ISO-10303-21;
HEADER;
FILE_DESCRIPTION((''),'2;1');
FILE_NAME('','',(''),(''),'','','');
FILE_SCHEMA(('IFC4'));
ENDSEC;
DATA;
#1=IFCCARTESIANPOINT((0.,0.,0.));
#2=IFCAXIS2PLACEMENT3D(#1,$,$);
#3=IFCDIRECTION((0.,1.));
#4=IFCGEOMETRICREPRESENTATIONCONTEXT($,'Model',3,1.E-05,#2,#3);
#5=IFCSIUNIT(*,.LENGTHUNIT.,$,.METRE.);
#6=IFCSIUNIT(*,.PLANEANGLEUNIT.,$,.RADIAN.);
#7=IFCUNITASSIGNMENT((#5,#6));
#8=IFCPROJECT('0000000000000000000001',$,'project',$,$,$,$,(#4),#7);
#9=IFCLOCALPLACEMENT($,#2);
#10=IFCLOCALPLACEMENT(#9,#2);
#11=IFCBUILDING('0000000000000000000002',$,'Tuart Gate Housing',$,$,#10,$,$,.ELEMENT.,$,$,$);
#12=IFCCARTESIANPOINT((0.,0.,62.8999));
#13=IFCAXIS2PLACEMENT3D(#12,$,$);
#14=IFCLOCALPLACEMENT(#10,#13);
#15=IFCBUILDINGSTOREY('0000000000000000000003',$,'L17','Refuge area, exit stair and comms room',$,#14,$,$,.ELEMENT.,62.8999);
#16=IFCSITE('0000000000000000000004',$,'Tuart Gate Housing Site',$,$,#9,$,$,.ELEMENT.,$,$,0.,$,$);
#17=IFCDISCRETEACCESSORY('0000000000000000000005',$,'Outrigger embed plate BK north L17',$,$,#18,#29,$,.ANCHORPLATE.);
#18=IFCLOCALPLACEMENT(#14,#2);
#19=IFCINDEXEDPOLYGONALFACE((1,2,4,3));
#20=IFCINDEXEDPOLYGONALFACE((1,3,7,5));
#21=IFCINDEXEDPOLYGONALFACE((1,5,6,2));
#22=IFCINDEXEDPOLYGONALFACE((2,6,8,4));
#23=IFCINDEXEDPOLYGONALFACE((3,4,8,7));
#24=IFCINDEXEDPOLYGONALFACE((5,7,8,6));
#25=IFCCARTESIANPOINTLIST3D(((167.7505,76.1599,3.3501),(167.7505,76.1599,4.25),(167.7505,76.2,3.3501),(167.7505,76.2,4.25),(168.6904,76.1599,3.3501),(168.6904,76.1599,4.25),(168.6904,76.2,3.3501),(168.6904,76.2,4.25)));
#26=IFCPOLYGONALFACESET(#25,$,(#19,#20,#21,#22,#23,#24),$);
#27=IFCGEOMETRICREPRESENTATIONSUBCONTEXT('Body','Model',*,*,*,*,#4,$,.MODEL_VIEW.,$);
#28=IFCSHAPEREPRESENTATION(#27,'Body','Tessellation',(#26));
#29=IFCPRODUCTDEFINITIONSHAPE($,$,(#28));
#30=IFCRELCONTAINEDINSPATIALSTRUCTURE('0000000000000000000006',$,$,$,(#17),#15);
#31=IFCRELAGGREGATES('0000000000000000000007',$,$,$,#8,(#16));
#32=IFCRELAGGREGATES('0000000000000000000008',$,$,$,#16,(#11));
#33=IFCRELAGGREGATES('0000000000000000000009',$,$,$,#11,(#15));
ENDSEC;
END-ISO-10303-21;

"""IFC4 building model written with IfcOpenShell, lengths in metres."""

from ifc_helpers import new_model, si_unit, direction, frame, origin, origin_2d, place, context, subcontext, project, spatial, rectangle, extrude, element, save


model = new_model("IFC4")

# Units and contexts
model_context = context("Model", 3, precision=1e-05, world=origin(), true_north=direction((0.0, 1.0)))
body_context = subcontext(model_context, "Body", "Model", "MODEL_VIEW")
ifc_project = project(units=[si_unit("LENGTHUNIT", "METRE"), si_unit("PLANEANGLEUNIT", "RADIAN")], contexts=[model_context])

# Site, building, storey
site_placement = place(None, origin())
site = spatial("IfcSite", under=ifc_project, at=site_placement, Name="Tuart Gate Housing Site", CompositionType="ELEMENT", RefElevation=0.0)
building_placement = place(site_placement, origin())
building = spatial("IfcBuilding", under=site, at=building_placement, Name="Tuart Gate Housing", CompositionType="ELEMENT")
storey_placement = place(building_placement, frame((0.0, 0.0, 62.8999)))
storey = spatial("IfcBuildingStorey", under=building, at=storey_placement, Name="L17", Description="Refuge area, exit stair and comms room", CompositionType="ELEMENT", Elevation=62.8999)

# Discrete accessory
discrete_accessory_placement = place(storey_placement, frame((168.2205, 76.1799, 3.3501), z_axis=(0.0, 0.0, 1.0), x_axis=(1.0, 0.0, 0.0)))
element("IfcDiscreteAccessory", 1, at=discrete_accessory_placement, inside=storey, Name="Outrigger embed plate BK north L17", PredefinedType="ANCHORPLATE", context=body_context, shape_type="SweptSolid", body=[
    extrude(rectangle(XDim=0.9399, YDim=0.04, at=origin_2d()), origin(), (0.0, 0.0, 1.0), 0.8999),
])

save(model, "model.ifc")
